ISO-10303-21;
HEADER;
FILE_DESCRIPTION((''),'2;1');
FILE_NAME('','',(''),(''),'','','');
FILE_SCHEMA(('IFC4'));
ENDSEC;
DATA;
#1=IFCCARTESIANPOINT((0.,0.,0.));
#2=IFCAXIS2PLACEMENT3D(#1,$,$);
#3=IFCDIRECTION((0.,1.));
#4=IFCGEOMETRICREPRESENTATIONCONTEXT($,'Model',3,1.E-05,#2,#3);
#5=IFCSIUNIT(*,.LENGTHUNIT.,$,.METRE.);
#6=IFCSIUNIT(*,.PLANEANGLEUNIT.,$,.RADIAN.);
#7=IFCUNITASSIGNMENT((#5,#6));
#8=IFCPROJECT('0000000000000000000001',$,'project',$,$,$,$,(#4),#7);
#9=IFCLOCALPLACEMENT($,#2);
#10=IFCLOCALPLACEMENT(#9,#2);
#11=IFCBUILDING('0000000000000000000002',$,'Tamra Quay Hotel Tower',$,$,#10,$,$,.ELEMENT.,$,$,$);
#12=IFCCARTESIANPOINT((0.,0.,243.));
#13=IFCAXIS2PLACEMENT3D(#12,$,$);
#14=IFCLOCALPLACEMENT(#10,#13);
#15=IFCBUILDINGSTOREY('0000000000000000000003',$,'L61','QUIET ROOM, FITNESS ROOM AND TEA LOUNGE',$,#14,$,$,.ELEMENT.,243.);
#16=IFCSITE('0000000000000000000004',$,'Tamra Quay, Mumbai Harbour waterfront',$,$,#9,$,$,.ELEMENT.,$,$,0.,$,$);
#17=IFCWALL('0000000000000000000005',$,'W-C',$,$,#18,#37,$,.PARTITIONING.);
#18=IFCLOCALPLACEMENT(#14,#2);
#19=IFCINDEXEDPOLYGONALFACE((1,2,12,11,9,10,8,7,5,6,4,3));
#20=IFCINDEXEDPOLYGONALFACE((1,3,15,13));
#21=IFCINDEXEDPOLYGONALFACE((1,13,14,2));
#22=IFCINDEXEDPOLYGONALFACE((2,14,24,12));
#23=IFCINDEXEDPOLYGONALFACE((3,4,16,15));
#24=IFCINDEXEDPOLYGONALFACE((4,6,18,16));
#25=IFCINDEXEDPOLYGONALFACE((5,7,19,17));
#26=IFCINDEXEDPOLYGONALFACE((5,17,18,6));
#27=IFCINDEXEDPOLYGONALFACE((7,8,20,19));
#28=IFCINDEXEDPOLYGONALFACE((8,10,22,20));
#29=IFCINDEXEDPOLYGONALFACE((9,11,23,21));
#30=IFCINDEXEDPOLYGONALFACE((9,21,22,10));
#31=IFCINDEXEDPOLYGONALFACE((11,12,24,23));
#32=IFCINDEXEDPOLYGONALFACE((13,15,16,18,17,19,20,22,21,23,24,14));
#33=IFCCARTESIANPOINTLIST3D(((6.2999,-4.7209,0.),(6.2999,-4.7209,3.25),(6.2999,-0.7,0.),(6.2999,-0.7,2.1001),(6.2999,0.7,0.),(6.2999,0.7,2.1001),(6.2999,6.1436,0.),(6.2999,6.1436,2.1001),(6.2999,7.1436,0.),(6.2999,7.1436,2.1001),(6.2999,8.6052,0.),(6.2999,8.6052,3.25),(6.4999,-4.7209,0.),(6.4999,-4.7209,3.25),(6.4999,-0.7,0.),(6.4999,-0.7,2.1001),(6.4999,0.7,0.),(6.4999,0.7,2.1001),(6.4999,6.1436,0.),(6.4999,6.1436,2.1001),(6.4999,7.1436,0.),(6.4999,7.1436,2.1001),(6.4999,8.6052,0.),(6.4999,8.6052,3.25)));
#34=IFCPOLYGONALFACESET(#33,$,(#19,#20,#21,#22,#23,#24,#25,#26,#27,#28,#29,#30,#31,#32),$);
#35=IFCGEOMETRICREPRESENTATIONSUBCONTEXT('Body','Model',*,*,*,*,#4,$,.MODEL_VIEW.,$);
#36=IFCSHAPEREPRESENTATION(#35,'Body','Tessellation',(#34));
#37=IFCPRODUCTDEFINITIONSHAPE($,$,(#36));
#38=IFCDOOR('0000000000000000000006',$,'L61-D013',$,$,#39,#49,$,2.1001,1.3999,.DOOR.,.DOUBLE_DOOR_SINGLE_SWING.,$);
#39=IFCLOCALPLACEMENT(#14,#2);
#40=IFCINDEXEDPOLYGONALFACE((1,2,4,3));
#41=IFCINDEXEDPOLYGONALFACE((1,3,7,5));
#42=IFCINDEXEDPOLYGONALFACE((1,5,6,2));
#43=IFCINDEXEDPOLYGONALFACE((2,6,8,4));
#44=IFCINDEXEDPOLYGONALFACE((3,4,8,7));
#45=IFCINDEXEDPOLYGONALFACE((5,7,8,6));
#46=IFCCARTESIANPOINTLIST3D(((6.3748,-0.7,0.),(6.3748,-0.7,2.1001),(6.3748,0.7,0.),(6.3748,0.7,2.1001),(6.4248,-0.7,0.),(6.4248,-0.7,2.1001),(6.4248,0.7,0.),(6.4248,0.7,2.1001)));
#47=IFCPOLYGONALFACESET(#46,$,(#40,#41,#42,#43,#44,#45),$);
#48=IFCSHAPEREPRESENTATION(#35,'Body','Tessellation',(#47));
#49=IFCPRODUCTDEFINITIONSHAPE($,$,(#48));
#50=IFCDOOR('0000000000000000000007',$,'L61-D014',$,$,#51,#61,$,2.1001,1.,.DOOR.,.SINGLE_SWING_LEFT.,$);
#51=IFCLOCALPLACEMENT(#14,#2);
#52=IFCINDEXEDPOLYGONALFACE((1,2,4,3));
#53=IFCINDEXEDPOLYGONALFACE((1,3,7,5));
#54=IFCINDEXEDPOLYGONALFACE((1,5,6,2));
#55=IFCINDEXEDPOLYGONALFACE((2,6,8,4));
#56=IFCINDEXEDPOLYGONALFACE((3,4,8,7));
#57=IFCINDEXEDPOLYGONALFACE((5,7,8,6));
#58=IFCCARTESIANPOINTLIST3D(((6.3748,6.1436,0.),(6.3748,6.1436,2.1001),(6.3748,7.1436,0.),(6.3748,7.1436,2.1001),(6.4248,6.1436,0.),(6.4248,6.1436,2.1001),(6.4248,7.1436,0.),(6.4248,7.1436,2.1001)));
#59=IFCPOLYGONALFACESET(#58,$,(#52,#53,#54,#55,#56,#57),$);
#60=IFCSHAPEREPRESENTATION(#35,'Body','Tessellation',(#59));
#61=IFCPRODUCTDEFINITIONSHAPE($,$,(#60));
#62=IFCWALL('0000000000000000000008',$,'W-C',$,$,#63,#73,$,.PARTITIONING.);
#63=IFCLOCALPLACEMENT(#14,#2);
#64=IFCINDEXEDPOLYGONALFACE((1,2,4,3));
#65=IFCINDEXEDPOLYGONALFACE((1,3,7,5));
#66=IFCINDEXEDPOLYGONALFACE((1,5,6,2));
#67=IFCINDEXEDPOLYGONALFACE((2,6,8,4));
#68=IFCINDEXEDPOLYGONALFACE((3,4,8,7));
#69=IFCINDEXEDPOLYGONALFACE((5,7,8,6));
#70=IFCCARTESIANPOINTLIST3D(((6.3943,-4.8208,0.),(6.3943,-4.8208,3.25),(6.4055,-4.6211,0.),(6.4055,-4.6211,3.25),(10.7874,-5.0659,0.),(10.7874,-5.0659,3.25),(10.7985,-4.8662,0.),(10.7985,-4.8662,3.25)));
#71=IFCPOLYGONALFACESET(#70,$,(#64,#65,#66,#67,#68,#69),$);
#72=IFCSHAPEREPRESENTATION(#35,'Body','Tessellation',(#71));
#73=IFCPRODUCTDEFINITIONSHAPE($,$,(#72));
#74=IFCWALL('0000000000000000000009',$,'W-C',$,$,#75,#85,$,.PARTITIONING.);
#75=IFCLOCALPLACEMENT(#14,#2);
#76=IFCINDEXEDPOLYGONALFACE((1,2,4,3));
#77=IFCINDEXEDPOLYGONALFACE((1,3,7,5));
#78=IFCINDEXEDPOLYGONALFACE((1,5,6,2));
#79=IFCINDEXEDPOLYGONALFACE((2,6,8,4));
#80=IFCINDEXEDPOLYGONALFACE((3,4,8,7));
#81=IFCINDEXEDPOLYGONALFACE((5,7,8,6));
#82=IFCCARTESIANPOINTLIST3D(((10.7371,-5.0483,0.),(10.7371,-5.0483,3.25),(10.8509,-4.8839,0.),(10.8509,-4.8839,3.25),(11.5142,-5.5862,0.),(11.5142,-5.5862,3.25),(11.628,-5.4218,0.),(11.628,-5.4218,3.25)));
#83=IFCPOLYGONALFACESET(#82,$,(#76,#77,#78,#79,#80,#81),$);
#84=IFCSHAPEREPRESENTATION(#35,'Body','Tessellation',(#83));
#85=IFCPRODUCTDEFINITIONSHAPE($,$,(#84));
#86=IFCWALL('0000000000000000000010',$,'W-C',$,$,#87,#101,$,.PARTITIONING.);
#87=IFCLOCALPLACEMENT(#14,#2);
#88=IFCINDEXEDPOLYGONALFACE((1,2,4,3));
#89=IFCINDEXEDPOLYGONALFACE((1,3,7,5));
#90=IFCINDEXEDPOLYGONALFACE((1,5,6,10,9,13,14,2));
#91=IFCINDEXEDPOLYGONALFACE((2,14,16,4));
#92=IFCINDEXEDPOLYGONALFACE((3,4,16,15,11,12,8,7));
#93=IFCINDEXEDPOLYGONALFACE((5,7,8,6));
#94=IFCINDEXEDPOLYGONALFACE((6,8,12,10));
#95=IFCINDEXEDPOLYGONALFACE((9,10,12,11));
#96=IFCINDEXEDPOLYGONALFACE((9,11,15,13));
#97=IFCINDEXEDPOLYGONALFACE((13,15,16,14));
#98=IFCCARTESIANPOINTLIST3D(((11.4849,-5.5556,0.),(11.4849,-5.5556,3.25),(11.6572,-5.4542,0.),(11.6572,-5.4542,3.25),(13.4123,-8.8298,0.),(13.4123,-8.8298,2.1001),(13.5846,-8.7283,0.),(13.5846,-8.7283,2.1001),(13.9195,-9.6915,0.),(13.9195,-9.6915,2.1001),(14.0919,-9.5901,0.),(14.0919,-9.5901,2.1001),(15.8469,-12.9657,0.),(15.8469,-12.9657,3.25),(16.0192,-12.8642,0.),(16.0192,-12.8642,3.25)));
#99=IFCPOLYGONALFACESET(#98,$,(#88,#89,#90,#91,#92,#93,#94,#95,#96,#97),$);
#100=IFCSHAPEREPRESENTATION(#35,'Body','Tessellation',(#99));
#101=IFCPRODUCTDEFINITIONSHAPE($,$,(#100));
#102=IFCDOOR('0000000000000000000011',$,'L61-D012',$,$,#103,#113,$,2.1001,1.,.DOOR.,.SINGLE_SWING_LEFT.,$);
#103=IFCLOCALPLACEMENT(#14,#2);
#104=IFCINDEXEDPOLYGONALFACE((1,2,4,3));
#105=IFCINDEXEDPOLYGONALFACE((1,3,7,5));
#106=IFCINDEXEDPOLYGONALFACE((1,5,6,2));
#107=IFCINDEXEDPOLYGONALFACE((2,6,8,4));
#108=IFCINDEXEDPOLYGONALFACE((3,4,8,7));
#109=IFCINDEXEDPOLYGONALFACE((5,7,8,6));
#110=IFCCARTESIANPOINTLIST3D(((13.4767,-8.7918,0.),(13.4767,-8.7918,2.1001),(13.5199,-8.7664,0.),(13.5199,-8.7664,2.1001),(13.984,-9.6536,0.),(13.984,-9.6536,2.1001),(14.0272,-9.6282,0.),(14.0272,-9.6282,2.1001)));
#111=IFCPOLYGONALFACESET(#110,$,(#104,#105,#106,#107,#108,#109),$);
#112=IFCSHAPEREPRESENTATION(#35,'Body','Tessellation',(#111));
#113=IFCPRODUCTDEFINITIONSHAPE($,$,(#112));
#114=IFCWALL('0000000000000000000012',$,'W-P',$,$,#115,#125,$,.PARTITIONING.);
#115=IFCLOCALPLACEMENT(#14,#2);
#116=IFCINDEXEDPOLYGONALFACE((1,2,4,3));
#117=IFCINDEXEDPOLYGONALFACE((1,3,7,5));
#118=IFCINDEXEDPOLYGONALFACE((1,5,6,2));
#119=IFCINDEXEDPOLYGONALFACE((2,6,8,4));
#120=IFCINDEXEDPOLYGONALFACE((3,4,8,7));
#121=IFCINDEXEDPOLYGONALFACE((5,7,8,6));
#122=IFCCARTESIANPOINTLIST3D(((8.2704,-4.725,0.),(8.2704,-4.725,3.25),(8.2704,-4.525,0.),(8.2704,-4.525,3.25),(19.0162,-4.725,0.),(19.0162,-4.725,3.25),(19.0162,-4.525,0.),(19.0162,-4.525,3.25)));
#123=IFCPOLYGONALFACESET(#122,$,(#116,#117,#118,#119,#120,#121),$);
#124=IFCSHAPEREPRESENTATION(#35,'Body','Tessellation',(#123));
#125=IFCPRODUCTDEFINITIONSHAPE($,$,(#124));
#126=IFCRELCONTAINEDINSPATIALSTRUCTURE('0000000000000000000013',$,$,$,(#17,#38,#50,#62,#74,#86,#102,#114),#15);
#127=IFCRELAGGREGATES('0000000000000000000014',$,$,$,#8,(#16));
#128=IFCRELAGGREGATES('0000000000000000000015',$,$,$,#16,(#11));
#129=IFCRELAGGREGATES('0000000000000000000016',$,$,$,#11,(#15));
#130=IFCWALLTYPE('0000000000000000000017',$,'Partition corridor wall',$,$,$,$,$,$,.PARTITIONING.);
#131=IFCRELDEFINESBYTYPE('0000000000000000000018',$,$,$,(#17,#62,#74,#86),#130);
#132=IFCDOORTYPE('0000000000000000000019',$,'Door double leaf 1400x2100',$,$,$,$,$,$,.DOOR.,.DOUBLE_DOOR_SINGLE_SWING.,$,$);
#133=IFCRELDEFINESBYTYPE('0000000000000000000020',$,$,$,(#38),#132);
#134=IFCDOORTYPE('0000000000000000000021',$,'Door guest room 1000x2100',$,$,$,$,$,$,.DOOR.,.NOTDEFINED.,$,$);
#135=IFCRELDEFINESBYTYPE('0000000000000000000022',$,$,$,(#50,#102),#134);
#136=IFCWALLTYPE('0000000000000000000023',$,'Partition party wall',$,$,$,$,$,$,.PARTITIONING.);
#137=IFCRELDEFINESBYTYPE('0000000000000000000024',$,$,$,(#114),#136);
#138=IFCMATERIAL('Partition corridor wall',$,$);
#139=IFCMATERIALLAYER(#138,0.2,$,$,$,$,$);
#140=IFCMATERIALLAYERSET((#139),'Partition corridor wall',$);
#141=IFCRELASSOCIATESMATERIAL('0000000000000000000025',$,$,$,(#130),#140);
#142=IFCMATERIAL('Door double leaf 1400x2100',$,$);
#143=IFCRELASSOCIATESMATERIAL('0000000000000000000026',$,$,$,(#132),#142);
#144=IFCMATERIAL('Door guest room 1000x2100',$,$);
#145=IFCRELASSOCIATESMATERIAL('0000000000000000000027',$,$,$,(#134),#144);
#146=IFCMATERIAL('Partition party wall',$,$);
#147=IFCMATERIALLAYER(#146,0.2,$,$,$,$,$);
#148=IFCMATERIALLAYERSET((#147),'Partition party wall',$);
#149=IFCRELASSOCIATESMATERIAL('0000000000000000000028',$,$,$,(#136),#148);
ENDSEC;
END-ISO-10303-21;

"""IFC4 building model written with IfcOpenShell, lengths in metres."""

from ifc_helpers import new_model, si_unit, direction, frame, frame_2d, origin, place, context, subcontext, project, spatial, rectangle, extrude, material, layer, layer_set, type_object, element, fill, save


model = new_model("IFC4")

# Units and contexts
model_context = context("Model", 3, precision=1e-05, world=origin(), true_north=direction((0.0, 1.0)))
body_context = subcontext(model_context, "Body", "Model", "MODEL_VIEW")
ifc_project = project(units=[si_unit("LENGTHUNIT", "METRE"), si_unit("PLANEANGLEUNIT", "RADIAN")], contexts=[model_context])

# Site, building, storey
site_placement = place(None, origin())
site = spatial("IfcSite", under=ifc_project, at=site_placement, Name="Tamra Quay, Mumbai Harbour waterfront", CompositionType="ELEMENT", RefElevation=0.0)
building_placement = place(site_placement, origin())
building = spatial("IfcBuilding", under=site, at=building_placement, Name="Tamra Quay Hotel Tower", CompositionType="ELEMENT")
storey_placement = place(building_placement, frame((0.0, 0.0, 243.0)))
storey = spatial("IfcBuildingStorey", under=building, at=storey_placement, Name="L61", Description="QUIET ROOM, FITNESS ROOM AND TEA LOUNGE", CompositionType="ELEMENT", Elevation=243.0)

# Wall, openings, doors
ifc_material_1 = material(Name="Partition corridor wall")
ifc_layer_1 = layer(ifc_material_1, 0.2)
ifc_layer_set_1 = layer_set([ifc_layer_1], Name="Partition corridor wall")
wall_type_1 = type_object("IfcWallType", Name="Partition corridor wall", PredefinedType="PARTITIONING", material=ifc_layer_set_1)
wall_1_placement = place(storey_placement, frame((6.3999, -4.7209, 0.0), z_axis=(0.0, 0.0, 1.0), x_axis=(0.0, 1.0, 0.0)))
wall_1 = element("IfcWall", 1, at=wall_1_placement, inside=storey, type_object=wall_type_1, Name="W-C", PredefinedType="PARTITIONING", context=body_context, shape_type="SweptSolid", body=[
    extrude(rectangle(XDim=13.3262, YDim=0.2, at=frame_2d((6.6631, 0.0))), origin(), (0.0, 0.0, 1.0), 3.25),
])
opening_1_placement = place(wall_1_placement, frame((4.021, 0.0, 0.0)))
opening_1 = element("IfcOpeningElement", 2, at=opening_1_placement, cuts=wall_1, PredefinedType="OPENING", context=body_context, shape_type="SweptSolid", body=[
    extrude(rectangle(XDim=1.3999, YDim=2.1001, at=frame_2d((0.7, 1.05))), frame((0.0, 0.1099, 0.0), z_axis=(0.0, -1.0, 0.0), x_axis=(1.0, 0.0, 0.0)), (0.0, 0.0, 1.0), 0.22),
])
opening_2_placement = place(wall_1_placement, frame((10.8645, 0.0, 0.0)))
opening_2 = element("IfcOpeningElement", 3, at=opening_2_placement, cuts=wall_1, PredefinedType="OPENING", context=body_context, shape_type="SweptSolid", body=[
    extrude(rectangle(XDim=1.0, YDim=2.1001, at=frame_2d((0.5, 1.05))), frame((0.0, 0.1099, 0.0), z_axis=(0.0, -1.0, 0.0), x_axis=(1.0, 0.0, 0.0)), (0.0, 0.0, 1.0), 0.22),
])
ifc_material_2 = material(Name="Door double leaf 1400x2100")
door_type_1 = type_object("IfcDoorType", Name="Door double leaf 1400x2100", OperationType="DOUBLE_DOOR_SINGLE_SWING", PredefinedType="DOOR", material=ifc_material_2)
door_1_placement = place(opening_1_placement, frame((1.3999, 0.0, 0.0), z_axis=(0.0, 0.0, 1.0), x_axis=(-1.0, 0.0, 0.0)))
door_1 = element("IfcDoor", 4, at=door_1_placement, inside=storey, type_object=door_type_1, Name="L61-D013", OperationType="DOUBLE_DOOR_SINGLE_SWING", OverallHeight=2.1001, OverallWidth=1.3999, PredefinedType="DOOR", context=body_context, shape_type="SweptSolid", body=[
    extrude(rectangle(XDim=1.3999, YDim=2.1001, at=frame_2d((0.7, 1.05))), frame((0.0, 0.0249, 0.0), z_axis=(0.0, -1.0, 0.0), x_axis=(1.0, 0.0, 0.0)), (0.0, 0.0, 1.0), 0.05),
])
fill(opening_1, door_1)
ifc_material_3 = material(Name="Door guest room 1000x2100")
door_type_2 = type_object("IfcDoorType", Name="Door guest room 1000x2100", OperationType="NOTDEFINED", PredefinedType="DOOR", material=ifc_material_3)
door_2_placement = place(opening_2_placement, frame((1.0, 0.0, 0.0), z_axis=(0.0, 0.0, 1.0), x_axis=(-1.0, 0.0, 0.0)))
door_2 = element("IfcDoor", 5, at=door_2_placement, inside=storey, type_object=door_type_2, Name="L61-D014", OperationType="SINGLE_SWING_LEFT", OverallHeight=2.1001, OverallWidth=1.0, PredefinedType="DOOR", context=body_context, shape_type="SweptSolid", body=[
    extrude(rectangle(XDim=1.0, YDim=2.1001, at=frame_2d((0.5, 1.05))), frame((0.0, 0.0249, 0.0), z_axis=(0.0, -1.0, 0.0), x_axis=(1.0, 0.0, 0.0)), (0.0, 0.0, 1.0), 0.05),
])
fill(opening_2, door_2)

# Walls
wall_2_placement = place(storey_placement, frame((6.3999, -4.7209, 0.0), z_axis=(0.0, 0.0, 1.0), x_axis=(0.998447, -0.05571, 0.0)))
element("IfcWall", 6, at=wall_2_placement, inside=storey, type_object=wall_type_1, Name="W-C", PredefinedType="PARTITIONING", context=body_context, shape_type="SweptSolid", body=[
    extrude(rectangle(XDim=4.3999, YDim=0.2, at=frame_2d((2.2, 0.0))), origin(), (0.0, 0.0, 1.0), 3.25),
])
wall_3_placement = place(storey_placement, frame((10.7939, -4.9661, 0.0), z_axis=(0.0, 0.0, 1.0), x_axis=(0.822267, -0.569103, 0.0)))
element("IfcWall", 7, at=wall_3_placement, inside=storey, type_object=wall_type_1, Name="W-C", PredefinedType="PARTITIONING", context=body_context, shape_type="SweptSolid", body=[
    extrude(rectangle(XDim=0.9451, YDim=0.2, at=frame_2d((0.4727, 0.0))), origin(), (0.0, 0.0, 1.0), 3.25),
])

# Wall, opening, door
wall_4_placement = place(storey_placement, frame((11.571, -5.5049, 0.0), z_axis=(0.0, 0.0, 1.0), x_axis=(0.507292, -0.861774, 0.0)))
wall_4 = element("IfcWall", 8, at=wall_4_placement, inside=storey, type_object=wall_type_1, Name="W-C", PredefinedType="PARTITIONING", context=body_context, shape_type="SweptSolid", body=[
    extrude(rectangle(XDim=8.5986, YDim=0.2, at=frame_2d((4.2993, 0.0))), origin(), (0.0, 0.0, 1.0), 3.25),
])
opening_3_placement = place(wall_4_placement, frame((3.7993, 0.0, 0.0)))
opening_3 = element("IfcOpeningElement", 9, at=opening_3_placement, cuts=wall_4, PredefinedType="OPENING", context=body_context, shape_type="SweptSolid", body=[
    extrude(rectangle(XDim=1.0, YDim=2.1001, at=frame_2d((0.5, 1.05))), frame((0.0, 0.1099, 0.0), z_axis=(0.0, -1.0, 0.0), x_axis=(1.0, 0.0, 0.0)), (0.0, 0.0, 1.0), 0.22),
])
door_3_placement = place(opening_3_placement, origin())
door_3 = element("IfcDoor", 10, at=door_3_placement, inside=storey, type_object=door_type_2, Name="L61-D012", OperationType="SINGLE_SWING_LEFT", OverallHeight=2.1001, OverallWidth=1.0, PredefinedType="DOOR", context=body_context, shape_type="SweptSolid", body=[
    extrude(rectangle(XDim=1.0, YDim=2.1001, at=frame_2d((0.5, 1.05))), frame((0.0, 0.0249, 0.0), z_axis=(0.0, -1.0, 0.0), x_axis=(1.0, 0.0, 0.0)), (0.0, 0.0, 1.0), 0.05),
])
fill(opening_3, door_3)

# Wall
ifc_material_4 = material(Name="Partition party wall")
ifc_layer_2 = layer(ifc_material_4, 0.2)
ifc_layer_set_2 = layer_set([ifc_layer_2], Name="Partition party wall")
wall_type_2 = type_object("IfcWallType", Name="Partition party wall", PredefinedType="PARTITIONING", material=ifc_layer_set_2)
wall_5_placement = place(storey_placement, frame((8.2703, -4.625, 0.0), z_axis=(0.0, 0.0, 1.0), x_axis=(1.0, 0.0, 0.0)))
element("IfcWall", 11, at=wall_5_placement, inside=storey, type_object=wall_type_2, Name="W-P", PredefinedType="PARTITIONING", context=body_context, shape_type="SweptSolid", body=[
    extrude(rectangle(XDim=10.7458, YDim=0.2, at=frame_2d((5.373, 0.0))), origin(), (0.0, 0.0, 1.0), 3.25),
])

save(model, "model.ifc")
